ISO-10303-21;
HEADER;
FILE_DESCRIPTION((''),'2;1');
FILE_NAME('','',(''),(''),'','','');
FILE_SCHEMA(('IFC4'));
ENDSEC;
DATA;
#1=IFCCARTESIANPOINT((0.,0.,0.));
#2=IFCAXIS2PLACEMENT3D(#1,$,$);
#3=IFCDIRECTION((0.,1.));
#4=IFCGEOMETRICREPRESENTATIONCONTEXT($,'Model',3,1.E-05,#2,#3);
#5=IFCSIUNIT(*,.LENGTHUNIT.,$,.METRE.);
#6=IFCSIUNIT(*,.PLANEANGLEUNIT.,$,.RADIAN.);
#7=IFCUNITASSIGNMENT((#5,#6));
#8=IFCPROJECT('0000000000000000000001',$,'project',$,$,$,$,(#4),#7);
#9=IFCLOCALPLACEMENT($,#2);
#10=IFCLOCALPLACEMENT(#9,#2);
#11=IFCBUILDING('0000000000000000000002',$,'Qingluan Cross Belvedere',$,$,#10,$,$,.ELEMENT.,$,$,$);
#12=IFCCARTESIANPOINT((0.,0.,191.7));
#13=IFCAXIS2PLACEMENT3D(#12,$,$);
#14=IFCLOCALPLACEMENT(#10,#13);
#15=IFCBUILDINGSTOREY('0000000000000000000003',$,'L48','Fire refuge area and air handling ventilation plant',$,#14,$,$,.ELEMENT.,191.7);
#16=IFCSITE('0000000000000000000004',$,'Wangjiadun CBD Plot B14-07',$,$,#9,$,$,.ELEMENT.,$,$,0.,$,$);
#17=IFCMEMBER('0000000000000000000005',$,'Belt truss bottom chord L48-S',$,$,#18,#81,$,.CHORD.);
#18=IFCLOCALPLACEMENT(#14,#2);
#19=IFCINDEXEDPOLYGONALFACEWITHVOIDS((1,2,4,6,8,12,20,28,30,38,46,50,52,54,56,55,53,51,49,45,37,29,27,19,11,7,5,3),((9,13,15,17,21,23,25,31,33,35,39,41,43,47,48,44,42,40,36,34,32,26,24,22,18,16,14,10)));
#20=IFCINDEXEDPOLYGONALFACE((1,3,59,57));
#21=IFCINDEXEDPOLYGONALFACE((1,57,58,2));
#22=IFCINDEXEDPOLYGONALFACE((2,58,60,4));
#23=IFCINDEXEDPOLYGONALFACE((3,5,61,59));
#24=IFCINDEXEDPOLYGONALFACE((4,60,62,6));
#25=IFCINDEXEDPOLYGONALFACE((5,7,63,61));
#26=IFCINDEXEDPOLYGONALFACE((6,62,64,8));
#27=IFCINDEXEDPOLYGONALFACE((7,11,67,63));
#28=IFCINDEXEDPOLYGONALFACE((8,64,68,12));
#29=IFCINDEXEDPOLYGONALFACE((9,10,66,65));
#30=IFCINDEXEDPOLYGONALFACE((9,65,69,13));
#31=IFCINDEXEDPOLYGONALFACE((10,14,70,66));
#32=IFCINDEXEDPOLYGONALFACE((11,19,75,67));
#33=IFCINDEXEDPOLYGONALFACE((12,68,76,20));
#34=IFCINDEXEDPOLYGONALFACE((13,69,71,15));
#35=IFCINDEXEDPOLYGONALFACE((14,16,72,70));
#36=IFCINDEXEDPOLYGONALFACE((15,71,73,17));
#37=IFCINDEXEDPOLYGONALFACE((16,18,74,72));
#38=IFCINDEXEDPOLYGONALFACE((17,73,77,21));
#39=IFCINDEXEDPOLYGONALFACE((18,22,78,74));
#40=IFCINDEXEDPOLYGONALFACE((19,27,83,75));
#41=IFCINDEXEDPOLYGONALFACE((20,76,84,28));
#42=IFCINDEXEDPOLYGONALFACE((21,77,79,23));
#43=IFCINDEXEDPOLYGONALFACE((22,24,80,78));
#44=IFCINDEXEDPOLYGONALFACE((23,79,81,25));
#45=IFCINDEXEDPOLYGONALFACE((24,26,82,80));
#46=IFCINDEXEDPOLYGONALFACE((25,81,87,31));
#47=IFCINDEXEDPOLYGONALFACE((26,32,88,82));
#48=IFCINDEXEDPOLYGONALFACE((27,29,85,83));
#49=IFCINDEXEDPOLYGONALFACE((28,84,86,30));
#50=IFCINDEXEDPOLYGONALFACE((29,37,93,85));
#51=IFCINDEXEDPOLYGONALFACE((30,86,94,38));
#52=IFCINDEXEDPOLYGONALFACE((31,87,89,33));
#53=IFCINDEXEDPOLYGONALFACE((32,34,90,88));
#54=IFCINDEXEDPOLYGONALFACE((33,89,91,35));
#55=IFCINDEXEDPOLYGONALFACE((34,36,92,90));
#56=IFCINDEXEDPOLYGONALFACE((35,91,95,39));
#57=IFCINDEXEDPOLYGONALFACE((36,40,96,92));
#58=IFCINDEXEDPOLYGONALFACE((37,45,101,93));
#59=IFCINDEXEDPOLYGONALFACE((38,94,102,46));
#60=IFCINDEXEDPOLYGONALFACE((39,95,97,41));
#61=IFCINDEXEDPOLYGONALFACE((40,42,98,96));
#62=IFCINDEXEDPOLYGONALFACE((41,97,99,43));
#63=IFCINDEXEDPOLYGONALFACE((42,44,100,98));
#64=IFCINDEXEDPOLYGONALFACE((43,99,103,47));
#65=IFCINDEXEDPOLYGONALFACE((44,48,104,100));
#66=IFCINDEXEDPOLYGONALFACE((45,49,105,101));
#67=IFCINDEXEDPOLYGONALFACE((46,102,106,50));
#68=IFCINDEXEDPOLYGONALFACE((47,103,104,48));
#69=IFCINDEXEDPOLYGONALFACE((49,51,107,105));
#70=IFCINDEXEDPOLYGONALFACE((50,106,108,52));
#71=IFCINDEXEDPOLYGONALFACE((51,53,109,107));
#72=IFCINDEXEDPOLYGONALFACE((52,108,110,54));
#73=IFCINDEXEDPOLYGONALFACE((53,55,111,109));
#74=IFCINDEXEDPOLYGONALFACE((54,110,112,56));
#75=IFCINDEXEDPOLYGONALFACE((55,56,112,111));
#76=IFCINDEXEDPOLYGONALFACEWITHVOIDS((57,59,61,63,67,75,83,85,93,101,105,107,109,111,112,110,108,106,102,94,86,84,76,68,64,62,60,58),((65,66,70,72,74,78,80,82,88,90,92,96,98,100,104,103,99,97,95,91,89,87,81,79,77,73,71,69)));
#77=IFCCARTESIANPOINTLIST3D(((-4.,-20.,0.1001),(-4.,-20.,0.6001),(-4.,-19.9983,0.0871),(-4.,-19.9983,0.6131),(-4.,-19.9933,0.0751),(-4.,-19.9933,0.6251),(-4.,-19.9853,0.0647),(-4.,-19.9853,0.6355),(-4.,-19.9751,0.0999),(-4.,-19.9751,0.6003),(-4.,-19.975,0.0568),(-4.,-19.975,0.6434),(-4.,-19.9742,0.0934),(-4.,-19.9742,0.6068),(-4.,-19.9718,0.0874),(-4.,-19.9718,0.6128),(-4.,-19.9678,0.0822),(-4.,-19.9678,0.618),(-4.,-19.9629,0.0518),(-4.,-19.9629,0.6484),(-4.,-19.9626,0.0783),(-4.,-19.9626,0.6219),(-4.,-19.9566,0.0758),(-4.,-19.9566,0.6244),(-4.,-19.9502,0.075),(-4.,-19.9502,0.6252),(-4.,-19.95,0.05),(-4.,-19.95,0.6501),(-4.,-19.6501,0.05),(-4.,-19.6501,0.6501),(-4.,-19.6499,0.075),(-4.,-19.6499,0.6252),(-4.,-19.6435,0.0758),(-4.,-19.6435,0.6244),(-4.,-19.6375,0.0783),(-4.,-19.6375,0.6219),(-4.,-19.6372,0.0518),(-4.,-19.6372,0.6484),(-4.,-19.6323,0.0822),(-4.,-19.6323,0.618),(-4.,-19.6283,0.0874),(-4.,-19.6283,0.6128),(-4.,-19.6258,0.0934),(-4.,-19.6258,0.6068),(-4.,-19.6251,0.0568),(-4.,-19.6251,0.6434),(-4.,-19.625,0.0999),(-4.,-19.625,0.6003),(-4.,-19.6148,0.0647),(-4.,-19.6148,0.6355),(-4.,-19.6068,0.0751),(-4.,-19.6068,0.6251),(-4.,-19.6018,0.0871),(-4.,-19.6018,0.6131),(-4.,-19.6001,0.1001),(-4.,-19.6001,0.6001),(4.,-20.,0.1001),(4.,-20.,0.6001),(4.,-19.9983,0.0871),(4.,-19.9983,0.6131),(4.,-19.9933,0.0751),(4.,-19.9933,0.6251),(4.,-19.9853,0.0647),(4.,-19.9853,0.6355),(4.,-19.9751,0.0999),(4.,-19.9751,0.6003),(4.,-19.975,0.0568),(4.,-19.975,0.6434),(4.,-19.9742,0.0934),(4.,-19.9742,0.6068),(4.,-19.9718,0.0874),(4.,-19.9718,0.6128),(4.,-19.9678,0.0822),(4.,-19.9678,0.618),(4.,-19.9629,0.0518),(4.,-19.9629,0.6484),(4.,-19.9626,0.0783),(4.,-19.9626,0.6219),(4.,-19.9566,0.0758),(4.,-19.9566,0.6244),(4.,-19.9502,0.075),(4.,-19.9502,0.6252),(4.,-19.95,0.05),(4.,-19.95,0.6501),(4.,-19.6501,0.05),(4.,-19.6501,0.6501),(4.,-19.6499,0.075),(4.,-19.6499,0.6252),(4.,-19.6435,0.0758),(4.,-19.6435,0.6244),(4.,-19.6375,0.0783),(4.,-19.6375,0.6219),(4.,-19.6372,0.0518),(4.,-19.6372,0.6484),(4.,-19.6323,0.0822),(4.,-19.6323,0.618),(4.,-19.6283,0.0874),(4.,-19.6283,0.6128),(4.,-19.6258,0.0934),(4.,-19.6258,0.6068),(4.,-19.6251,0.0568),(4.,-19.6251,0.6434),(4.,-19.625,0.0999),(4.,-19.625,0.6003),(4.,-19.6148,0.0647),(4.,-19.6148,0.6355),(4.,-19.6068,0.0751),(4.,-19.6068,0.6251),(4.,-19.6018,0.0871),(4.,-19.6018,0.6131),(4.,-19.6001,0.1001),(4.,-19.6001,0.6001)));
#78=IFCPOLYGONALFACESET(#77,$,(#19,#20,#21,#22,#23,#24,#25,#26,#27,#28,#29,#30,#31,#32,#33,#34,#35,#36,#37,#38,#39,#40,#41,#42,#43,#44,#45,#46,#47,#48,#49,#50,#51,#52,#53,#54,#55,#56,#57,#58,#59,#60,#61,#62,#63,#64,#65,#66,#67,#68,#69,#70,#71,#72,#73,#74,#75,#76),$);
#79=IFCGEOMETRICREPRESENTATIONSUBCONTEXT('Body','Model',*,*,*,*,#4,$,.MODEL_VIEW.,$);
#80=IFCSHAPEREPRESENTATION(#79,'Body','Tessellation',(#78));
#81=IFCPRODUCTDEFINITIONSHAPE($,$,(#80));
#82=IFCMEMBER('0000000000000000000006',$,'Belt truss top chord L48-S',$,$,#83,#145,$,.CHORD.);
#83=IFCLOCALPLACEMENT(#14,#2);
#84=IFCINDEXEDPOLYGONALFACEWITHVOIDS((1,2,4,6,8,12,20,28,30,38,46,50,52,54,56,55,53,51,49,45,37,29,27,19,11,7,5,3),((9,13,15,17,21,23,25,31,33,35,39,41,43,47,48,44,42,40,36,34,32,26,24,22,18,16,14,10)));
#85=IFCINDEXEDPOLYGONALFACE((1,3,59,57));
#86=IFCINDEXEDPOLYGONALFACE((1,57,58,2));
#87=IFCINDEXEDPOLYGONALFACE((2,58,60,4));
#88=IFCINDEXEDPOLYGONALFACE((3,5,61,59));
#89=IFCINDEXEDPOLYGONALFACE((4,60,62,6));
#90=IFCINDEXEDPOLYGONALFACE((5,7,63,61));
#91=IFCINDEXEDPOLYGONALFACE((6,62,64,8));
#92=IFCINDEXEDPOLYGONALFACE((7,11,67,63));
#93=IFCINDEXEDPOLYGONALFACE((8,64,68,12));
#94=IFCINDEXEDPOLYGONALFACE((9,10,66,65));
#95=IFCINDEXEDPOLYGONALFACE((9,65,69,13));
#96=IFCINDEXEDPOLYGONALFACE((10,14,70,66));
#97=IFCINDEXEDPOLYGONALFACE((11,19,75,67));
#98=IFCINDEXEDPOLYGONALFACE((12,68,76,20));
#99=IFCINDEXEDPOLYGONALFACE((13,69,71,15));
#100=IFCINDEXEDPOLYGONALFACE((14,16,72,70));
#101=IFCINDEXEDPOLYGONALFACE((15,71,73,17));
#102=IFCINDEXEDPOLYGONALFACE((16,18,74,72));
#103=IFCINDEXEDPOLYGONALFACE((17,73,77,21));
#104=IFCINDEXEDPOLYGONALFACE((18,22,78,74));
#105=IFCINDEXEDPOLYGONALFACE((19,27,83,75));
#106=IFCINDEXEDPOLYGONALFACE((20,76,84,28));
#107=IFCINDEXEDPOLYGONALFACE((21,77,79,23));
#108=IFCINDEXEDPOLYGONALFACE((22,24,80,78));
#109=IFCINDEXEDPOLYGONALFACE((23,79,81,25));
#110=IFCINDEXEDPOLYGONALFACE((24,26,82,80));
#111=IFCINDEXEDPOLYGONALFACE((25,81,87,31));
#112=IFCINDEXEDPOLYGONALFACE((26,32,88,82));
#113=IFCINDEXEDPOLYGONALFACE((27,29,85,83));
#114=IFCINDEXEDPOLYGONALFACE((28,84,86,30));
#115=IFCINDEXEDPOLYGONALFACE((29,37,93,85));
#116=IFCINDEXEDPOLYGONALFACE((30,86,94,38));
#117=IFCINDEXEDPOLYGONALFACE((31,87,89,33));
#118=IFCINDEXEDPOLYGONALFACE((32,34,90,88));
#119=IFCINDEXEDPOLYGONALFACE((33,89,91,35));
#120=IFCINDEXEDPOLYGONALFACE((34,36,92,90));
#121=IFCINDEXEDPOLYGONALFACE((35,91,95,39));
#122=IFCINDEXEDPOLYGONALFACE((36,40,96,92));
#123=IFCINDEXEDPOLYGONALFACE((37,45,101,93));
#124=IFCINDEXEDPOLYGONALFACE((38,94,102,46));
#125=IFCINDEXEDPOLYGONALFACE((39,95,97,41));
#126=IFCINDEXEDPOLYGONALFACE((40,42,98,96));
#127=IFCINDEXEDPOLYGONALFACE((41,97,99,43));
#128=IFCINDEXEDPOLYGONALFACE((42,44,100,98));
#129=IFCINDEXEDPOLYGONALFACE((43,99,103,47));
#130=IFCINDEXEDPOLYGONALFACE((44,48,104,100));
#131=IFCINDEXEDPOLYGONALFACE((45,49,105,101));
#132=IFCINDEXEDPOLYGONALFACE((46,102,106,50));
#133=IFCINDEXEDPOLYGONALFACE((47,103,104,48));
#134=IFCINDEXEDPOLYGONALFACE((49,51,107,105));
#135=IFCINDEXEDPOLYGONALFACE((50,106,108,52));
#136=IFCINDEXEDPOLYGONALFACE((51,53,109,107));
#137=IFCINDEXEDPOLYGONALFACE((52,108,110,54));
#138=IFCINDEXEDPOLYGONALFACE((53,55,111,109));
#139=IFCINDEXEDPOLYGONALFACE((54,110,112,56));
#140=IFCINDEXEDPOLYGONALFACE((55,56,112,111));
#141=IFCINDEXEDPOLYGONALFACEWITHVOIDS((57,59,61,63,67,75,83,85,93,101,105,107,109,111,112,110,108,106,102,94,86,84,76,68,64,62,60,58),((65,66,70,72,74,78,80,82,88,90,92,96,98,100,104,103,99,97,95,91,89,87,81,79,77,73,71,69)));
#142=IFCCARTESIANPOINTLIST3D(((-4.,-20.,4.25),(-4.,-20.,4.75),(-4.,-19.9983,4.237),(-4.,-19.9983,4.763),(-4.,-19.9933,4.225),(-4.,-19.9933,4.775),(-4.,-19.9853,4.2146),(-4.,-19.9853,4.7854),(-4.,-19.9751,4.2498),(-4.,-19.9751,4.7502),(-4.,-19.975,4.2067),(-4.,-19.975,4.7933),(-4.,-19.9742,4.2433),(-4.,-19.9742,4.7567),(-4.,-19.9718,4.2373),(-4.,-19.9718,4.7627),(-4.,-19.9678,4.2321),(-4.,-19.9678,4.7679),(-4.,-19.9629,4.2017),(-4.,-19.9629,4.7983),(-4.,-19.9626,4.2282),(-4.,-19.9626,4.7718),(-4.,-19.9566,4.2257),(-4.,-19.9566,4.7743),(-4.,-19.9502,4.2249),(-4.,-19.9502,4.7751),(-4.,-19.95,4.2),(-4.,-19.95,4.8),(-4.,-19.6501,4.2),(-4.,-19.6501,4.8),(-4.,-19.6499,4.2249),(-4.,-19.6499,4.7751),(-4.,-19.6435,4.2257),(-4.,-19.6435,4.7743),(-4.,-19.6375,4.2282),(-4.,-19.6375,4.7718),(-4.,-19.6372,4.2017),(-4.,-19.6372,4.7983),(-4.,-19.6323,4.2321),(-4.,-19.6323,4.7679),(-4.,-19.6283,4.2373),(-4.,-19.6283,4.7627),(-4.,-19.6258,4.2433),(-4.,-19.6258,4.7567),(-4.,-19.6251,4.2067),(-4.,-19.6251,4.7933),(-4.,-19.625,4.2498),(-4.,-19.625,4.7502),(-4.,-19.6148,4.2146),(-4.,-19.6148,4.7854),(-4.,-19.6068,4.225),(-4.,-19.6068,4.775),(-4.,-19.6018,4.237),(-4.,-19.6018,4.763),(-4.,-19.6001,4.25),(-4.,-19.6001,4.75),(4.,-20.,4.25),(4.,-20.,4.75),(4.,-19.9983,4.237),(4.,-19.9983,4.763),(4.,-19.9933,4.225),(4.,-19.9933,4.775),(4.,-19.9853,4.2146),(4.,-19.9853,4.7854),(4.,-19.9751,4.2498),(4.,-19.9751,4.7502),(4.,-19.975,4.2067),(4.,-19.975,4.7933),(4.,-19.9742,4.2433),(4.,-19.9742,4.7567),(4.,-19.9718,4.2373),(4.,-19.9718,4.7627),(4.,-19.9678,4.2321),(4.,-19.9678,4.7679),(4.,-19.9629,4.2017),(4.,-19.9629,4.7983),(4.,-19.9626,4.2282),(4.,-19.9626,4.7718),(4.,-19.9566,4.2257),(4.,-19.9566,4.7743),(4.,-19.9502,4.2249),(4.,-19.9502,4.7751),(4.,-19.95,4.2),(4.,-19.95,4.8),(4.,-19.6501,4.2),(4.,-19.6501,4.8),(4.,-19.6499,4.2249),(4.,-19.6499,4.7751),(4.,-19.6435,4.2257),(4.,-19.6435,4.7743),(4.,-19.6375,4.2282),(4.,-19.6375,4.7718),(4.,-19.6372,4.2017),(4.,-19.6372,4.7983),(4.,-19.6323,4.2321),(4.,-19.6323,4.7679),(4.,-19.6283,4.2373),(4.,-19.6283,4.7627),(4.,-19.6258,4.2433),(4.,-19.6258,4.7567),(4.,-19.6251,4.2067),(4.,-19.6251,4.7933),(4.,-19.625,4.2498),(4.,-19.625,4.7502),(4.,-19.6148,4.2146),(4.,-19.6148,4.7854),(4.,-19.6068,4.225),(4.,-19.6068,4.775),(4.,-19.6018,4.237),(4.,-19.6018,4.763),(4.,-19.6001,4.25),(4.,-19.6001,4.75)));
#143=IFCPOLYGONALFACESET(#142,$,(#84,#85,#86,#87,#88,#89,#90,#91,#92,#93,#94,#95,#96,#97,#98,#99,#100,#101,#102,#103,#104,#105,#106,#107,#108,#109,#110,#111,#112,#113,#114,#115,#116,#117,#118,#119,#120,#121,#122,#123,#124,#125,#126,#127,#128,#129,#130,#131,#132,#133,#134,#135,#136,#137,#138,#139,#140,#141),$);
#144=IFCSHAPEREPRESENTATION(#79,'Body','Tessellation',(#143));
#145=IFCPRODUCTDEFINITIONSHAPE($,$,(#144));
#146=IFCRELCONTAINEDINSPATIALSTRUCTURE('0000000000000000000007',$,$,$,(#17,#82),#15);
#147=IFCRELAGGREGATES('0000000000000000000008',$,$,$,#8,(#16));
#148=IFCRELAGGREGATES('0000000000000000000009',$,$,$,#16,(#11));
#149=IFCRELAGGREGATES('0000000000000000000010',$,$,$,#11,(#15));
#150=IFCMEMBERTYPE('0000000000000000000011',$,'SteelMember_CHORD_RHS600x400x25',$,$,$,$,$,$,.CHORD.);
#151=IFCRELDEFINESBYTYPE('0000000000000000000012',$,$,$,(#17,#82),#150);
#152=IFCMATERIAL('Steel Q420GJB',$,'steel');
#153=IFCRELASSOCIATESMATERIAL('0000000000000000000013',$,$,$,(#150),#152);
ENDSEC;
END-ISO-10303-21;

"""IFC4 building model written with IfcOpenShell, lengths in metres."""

from ifc_helpers import new_model, si_unit, direction, frame, origin, origin_2d, place, context, subcontext, project, spatial, hollow_rectangle, extrude, material, material_profile, profile_set, type_object, element, save


model = new_model("IFC4")

# Units and contexts
model_context = context("Model", 3, precision=1e-05, world=origin(), true_north=direction((0.0, 1.0)))
body_context = subcontext(model_context, "Body", "Model", "MODEL_VIEW")
ifc_project = project(units=[si_unit("LENGTHUNIT", "METRE"), si_unit("PLANEANGLEUNIT", "RADIAN")], contexts=[model_context])

# Site, building, storey
site_placement = place(None, origin())
site = spatial("IfcSite", under=ifc_project, at=site_placement, Name="Wangjiadun CBD Plot B14-07", CompositionType="ELEMENT", RefElevation=0.0)
building_placement = place(site_placement, origin())
building = spatial("IfcBuilding", under=site, at=building_placement, Name="Qingluan Cross Belvedere", CompositionType="ELEMENT")
storey_placement = place(building_placement, frame((0.0, 0.0, 191.7)))
storey = spatial("IfcBuildingStorey", under=building, at=storey_placement, Name="L48", Description="Fire refuge area and air handling ventilation plant", CompositionType="ELEMENT", Elevation=191.7)

# Members
ifc_material_1 = material(Name="Steel Q420GJB", Category="steel")
ifc_material_profile_1 = material_profile(ifc_material_1, hollow_rectangle(XDim=0.3999, YDim=0.6001, WallThickness=0.0249, InnerFilletRadius=0.0249, OuterFilletRadius=0.05, at=origin_2d()), Name="RHS600x400x25")
ifc_profile_set_1 = profile_set([ifc_material_profile_1], Name="Steel Q420GJB")
member_type_1 = type_object("IfcMemberType", Name="SteelMember_CHORD_RHS600x400x25", PredefinedType="CHORD", material=ifc_profile_set_1)
for number, where, z_axis, x_axis, name in (
    (1, (-4.0, -19.8, 0.3501), (1.0, 0.0, 0.0), (0.0, 1.0, 0.0), "Belt truss bottom chord L48-S"),
    (2, (-4.0, -19.8, 4.5), (1.0, 0.0, 0.0), (0.0, 1.0, 0.0), "Belt truss top chord L48-S"),
):
    element("IfcMember", number, at=place(storey_placement, frame(where, z_axis=z_axis, x_axis=x_axis)), inside=storey, type_object=member_type_1, Name=name, PredefinedType="CHORD", context=body_context, shape_type="SweptSolid", body=[
        extrude(hollow_rectangle(XDim=0.3999, YDim=0.6001, WallThickness=0.0249, InnerFilletRadius=0.0249, OuterFilletRadius=0.05, at=origin_2d()), origin(), (0.0, 0.0, 1.0), 8.0),
    ])

save(model, "model.ifc")
